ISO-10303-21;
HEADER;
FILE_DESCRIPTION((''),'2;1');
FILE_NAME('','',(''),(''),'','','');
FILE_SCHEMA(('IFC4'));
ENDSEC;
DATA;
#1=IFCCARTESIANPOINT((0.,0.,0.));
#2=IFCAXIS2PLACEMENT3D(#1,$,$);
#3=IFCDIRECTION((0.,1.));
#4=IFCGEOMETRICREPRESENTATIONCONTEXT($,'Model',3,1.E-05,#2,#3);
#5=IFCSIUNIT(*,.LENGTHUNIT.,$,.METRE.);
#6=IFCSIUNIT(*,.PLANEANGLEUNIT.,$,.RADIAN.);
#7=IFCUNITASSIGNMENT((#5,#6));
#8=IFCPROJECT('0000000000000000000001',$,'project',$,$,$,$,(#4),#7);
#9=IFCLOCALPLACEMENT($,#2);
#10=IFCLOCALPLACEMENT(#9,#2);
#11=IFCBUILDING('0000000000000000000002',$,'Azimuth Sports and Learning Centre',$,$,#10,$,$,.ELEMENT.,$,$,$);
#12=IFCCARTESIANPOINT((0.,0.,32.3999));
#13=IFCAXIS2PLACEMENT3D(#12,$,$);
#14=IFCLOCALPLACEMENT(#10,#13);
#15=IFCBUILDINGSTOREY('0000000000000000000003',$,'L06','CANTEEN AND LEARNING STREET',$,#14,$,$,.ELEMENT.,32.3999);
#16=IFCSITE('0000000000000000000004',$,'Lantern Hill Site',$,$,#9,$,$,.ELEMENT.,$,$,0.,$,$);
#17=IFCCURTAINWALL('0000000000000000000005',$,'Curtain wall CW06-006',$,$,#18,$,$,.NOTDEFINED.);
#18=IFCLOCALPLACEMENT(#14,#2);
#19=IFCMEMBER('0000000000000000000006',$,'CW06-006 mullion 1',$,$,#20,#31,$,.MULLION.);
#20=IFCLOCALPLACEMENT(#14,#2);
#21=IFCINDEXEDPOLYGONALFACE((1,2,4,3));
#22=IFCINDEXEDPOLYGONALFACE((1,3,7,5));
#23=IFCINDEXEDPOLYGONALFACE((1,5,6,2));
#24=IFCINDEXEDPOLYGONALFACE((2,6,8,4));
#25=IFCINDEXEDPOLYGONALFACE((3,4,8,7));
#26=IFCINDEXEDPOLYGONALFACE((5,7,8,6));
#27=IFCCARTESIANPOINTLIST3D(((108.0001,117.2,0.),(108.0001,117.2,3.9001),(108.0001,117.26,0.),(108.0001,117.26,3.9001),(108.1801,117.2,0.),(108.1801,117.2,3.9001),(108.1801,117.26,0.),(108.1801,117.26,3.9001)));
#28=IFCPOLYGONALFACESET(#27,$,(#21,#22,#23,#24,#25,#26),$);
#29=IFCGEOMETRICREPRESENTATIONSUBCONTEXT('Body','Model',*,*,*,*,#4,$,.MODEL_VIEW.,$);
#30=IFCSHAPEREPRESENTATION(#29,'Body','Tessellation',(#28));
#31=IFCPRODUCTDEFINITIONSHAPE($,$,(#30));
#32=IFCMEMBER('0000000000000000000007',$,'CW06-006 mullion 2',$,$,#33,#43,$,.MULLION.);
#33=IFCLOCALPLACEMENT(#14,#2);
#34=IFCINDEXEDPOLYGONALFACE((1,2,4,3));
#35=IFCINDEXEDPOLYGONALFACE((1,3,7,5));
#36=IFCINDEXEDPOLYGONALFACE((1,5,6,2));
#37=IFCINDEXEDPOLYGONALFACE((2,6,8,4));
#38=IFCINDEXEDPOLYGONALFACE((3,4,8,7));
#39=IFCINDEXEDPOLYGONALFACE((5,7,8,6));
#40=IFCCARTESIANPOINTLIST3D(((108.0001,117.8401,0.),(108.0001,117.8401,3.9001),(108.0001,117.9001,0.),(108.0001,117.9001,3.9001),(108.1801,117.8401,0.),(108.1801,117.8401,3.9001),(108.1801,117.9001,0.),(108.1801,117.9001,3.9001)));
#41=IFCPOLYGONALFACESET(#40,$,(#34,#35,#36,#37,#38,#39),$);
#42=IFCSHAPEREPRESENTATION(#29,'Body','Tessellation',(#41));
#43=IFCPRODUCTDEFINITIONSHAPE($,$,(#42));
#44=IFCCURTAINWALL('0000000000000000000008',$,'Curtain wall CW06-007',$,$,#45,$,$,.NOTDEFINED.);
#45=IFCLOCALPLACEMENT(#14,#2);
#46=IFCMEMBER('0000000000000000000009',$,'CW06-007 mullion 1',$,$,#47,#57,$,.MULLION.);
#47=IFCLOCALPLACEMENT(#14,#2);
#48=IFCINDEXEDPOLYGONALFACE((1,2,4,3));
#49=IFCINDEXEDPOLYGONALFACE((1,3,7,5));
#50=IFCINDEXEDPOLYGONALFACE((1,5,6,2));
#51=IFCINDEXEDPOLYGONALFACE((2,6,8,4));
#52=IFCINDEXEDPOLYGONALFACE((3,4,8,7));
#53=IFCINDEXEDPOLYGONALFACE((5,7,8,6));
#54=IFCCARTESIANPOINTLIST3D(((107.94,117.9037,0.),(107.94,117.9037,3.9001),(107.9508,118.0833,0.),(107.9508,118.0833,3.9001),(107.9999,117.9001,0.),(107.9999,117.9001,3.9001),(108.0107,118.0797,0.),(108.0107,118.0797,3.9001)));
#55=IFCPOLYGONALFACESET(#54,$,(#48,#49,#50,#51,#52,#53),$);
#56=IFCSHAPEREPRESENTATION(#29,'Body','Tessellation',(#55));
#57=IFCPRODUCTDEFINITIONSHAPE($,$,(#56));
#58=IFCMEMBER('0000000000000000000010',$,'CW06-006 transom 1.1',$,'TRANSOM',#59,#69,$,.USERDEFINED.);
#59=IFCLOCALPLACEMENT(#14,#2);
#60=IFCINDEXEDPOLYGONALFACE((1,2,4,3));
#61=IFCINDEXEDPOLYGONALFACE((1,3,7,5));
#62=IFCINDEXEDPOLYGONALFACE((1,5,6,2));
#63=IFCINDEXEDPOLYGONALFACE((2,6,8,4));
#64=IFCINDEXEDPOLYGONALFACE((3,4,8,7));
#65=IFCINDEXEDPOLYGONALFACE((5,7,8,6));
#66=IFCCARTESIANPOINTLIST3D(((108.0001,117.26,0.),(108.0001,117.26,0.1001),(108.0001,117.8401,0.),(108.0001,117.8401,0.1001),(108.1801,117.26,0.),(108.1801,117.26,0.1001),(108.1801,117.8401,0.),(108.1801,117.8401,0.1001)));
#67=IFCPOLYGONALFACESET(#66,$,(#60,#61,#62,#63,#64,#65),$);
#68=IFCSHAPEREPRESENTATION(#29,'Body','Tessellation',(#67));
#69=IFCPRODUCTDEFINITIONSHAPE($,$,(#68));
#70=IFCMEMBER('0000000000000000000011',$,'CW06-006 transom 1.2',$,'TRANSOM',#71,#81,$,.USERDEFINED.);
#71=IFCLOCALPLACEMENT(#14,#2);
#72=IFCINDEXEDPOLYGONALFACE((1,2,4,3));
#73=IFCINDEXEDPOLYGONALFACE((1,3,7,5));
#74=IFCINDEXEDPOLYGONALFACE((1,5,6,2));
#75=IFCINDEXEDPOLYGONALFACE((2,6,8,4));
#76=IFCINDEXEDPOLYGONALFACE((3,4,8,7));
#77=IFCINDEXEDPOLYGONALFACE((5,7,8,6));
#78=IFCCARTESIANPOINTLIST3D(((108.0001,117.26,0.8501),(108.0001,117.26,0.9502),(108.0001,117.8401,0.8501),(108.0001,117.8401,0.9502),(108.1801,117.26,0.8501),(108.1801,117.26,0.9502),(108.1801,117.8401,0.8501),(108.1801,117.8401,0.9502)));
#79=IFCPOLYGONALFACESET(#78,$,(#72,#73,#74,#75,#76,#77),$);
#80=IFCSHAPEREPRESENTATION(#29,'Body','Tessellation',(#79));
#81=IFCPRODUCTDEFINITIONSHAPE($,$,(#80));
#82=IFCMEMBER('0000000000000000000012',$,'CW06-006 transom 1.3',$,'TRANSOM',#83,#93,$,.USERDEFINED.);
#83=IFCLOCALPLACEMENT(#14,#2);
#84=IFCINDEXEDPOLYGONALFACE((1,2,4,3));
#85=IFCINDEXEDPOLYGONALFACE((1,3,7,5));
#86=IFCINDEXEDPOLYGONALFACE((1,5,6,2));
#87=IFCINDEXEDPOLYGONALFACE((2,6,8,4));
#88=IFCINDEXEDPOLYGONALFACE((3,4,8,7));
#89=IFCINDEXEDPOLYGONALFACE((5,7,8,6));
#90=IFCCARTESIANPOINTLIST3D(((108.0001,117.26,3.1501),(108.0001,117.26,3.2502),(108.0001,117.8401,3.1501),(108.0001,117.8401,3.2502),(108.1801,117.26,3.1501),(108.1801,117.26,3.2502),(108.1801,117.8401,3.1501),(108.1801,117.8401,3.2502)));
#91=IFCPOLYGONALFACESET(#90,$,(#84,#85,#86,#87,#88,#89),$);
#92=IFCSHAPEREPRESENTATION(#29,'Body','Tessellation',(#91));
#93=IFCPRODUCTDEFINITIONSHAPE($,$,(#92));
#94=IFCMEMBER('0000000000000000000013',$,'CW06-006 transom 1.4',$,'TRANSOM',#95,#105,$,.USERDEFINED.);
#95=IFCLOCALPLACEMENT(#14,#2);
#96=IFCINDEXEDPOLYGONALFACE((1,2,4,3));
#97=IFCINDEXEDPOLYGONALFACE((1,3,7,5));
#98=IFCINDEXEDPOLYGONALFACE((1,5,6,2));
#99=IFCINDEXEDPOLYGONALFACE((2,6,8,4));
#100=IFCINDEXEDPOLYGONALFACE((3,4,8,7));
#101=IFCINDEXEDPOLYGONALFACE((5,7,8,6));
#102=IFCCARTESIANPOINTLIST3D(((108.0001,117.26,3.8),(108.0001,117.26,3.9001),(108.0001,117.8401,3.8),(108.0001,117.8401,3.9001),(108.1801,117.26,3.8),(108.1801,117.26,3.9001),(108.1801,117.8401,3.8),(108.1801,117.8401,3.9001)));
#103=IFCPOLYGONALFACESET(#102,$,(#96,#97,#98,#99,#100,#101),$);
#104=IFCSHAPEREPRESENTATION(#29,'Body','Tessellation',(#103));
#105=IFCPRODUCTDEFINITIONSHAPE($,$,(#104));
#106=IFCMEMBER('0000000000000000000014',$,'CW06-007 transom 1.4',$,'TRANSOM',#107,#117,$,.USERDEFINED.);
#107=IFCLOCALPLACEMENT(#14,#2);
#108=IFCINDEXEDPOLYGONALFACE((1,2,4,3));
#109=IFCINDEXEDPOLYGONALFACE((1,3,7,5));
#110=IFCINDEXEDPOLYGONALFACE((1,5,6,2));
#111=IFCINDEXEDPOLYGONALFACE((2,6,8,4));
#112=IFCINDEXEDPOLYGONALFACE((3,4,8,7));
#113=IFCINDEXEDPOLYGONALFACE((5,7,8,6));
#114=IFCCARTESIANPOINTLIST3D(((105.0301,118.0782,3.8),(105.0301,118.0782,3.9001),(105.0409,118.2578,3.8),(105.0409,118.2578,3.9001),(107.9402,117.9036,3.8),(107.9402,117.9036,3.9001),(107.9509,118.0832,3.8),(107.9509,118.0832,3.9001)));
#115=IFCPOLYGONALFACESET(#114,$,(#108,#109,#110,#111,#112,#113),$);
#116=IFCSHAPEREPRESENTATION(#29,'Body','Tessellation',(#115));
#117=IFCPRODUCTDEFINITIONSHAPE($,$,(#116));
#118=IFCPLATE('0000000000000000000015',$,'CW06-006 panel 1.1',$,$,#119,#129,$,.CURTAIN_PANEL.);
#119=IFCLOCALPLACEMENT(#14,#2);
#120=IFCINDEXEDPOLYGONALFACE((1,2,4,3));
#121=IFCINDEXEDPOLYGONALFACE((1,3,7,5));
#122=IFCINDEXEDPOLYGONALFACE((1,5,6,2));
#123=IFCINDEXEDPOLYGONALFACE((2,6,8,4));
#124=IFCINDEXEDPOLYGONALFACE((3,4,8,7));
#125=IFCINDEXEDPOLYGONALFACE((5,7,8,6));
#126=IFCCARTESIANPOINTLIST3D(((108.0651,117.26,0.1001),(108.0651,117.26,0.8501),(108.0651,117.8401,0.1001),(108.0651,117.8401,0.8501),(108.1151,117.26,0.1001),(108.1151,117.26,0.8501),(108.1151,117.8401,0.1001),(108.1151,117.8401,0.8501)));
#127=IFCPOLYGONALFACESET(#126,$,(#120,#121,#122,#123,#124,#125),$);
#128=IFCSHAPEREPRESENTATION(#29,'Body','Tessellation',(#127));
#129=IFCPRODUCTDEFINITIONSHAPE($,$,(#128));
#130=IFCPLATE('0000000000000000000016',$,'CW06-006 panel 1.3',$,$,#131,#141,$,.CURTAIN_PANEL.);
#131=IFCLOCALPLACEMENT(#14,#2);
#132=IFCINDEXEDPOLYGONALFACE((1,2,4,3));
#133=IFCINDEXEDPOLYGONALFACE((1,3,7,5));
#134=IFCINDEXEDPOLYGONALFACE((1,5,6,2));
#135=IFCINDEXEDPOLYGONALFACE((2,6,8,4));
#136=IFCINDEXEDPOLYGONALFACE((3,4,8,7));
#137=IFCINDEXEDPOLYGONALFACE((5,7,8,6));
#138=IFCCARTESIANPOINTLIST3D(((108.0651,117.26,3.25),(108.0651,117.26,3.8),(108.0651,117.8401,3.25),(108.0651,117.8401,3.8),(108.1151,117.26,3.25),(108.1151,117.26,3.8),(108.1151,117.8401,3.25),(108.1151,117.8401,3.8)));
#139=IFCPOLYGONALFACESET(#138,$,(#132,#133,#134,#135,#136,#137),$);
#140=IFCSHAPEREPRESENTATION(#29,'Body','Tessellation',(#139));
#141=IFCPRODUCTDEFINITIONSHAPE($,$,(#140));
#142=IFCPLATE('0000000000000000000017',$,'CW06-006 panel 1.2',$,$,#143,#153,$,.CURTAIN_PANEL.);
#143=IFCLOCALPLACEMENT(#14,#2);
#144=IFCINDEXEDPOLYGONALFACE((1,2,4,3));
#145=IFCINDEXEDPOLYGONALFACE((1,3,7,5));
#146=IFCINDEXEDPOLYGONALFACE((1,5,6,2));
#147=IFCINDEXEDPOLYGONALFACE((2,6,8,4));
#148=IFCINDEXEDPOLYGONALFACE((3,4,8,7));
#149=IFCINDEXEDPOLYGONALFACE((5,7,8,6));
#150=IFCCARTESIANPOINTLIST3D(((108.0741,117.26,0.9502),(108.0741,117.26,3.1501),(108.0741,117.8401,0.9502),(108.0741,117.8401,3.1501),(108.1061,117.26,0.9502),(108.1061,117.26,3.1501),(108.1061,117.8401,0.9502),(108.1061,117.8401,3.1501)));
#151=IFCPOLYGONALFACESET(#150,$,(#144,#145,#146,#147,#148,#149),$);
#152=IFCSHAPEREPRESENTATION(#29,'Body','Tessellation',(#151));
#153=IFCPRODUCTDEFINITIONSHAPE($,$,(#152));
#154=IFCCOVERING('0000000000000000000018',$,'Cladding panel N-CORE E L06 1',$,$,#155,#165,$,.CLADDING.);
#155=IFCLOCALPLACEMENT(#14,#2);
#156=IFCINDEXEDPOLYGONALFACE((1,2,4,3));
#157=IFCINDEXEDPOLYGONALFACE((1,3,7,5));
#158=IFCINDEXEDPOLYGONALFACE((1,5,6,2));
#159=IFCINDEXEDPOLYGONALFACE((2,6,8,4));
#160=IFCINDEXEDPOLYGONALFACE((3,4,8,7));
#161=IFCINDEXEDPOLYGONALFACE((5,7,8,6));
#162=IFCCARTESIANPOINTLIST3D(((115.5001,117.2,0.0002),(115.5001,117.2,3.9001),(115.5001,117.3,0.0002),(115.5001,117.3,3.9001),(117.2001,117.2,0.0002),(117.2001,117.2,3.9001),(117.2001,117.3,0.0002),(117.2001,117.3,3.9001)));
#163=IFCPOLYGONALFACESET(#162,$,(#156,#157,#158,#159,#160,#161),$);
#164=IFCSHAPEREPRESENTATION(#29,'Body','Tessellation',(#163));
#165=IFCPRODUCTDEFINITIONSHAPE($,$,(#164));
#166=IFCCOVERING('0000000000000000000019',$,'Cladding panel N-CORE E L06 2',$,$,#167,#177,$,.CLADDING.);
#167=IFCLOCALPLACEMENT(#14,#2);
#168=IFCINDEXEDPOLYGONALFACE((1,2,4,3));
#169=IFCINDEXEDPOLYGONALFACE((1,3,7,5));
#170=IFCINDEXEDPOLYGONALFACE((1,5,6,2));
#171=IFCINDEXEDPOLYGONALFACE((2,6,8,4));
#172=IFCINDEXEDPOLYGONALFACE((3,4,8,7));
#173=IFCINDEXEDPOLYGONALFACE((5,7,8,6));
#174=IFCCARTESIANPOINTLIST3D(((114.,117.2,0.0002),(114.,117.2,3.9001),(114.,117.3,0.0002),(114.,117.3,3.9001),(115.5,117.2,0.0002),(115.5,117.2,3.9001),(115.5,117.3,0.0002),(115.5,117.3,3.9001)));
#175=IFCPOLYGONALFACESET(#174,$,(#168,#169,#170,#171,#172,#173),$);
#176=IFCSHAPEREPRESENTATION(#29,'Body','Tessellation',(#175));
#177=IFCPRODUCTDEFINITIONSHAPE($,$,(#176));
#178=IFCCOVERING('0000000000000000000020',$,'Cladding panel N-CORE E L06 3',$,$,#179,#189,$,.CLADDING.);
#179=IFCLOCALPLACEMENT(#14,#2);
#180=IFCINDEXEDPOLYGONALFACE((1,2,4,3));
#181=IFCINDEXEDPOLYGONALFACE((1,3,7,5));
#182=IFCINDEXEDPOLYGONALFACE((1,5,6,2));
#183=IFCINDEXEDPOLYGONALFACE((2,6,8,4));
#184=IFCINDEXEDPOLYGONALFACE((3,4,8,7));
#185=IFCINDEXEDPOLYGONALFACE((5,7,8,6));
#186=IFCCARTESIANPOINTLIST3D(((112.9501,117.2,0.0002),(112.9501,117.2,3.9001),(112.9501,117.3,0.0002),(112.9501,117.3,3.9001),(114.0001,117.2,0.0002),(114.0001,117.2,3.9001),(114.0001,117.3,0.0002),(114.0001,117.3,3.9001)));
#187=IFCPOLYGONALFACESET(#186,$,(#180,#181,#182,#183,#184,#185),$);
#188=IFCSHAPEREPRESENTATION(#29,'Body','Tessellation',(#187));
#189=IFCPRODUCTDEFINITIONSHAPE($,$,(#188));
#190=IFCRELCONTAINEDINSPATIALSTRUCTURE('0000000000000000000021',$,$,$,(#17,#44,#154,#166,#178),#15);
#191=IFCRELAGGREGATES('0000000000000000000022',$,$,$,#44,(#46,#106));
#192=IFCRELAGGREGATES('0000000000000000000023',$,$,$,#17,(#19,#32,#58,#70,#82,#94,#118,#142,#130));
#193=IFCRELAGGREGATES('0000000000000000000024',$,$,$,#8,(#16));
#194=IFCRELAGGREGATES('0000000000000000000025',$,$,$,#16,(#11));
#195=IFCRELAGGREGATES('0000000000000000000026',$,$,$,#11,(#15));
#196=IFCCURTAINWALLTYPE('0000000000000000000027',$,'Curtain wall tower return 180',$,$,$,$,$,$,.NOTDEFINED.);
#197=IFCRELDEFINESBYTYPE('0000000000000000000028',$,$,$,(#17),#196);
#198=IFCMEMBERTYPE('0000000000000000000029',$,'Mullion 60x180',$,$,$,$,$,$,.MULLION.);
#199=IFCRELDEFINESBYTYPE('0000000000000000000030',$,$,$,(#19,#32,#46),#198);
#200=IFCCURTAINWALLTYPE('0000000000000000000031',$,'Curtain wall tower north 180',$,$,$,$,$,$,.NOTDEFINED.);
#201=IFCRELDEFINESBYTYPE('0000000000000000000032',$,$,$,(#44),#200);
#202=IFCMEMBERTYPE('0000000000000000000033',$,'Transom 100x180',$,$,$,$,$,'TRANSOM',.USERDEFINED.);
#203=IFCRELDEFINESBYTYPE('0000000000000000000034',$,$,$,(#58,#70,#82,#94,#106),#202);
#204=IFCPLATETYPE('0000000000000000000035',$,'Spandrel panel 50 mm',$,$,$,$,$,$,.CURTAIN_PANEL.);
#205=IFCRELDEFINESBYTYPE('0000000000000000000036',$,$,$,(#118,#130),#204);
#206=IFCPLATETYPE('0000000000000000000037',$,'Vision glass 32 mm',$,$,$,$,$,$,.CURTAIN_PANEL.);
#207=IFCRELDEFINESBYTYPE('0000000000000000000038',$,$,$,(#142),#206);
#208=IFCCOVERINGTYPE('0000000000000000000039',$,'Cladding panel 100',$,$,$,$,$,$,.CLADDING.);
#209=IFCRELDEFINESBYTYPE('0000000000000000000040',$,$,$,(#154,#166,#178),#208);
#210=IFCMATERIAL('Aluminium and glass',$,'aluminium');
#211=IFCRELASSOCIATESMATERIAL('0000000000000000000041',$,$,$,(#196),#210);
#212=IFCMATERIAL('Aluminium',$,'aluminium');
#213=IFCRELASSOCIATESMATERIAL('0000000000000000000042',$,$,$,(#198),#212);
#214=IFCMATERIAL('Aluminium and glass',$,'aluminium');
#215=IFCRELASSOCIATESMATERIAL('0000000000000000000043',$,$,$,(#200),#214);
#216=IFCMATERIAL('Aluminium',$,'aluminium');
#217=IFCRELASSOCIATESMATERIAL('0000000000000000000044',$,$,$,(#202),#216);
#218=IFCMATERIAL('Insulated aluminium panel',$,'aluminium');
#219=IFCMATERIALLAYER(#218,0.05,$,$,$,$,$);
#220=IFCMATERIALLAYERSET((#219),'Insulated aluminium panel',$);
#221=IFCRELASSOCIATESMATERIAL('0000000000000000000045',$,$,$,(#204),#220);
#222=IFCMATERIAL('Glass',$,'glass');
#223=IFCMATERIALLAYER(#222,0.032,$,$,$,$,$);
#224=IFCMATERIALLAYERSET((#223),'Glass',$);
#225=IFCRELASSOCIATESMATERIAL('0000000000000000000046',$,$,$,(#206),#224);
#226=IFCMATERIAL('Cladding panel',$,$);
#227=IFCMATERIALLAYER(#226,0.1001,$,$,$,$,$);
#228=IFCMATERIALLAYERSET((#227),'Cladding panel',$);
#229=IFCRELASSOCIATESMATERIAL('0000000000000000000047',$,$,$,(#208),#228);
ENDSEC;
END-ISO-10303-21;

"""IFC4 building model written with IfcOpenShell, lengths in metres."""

from ifc_helpers import new_model, si_unit, direction, frame, origin, origin_2d, place, context, subcontext, project, spatial, rectangle, extrude, material, layer, layer_set, material_profile, profile_set, type_object, element, aggregate, save


model = new_model("IFC4")

# Units and contexts
model_context = context("Model", 3, precision=1e-05, world=origin(), true_north=direction((0.0, 1.0)))
body_context = subcontext(model_context, "Body", "Model", "MODEL_VIEW")
ifc_project = project(units=[si_unit("LENGTHUNIT", "METRE"), si_unit("PLANEANGLEUNIT", "RADIAN")], contexts=[model_context])

# Site, building, storey
site_placement = place(None, origin())
site = spatial("IfcSite", under=ifc_project, at=site_placement, Name="Lantern Hill Site", CompositionType="ELEMENT", RefElevation=0.0)
building_placement = place(site_placement, origin())
building = spatial("IfcBuilding", under=site, at=building_placement, Name="Azimuth Sports and Learning Centre", CompositionType="ELEMENT")
storey_placement = place(building_placement, frame((0.0, 0.0, 32.3999)))
storey = spatial("IfcBuildingStorey", under=building, at=storey_placement, Name="L06", Description="CANTEEN AND LEARNING STREET", CompositionType="ELEMENT", Elevation=32.3999)

# Curtain wall, members
ifc_material_1 = material(Name="Aluminium and glass", Category="aluminium")
curtain_wall_type_1 = type_object("IfcCurtainWallType", Name="Curtain wall tower return 180", PredefinedType="NOTDEFINED", material=ifc_material_1)
curtain_wall_1_placement = place(storey_placement, origin())
curtain_wall_1 = element("IfcCurtainWall", 1, at=curtain_wall_1_placement, inside=storey, type_object=curtain_wall_type_1, Name="Curtain wall CW06-006", PredefinedType="NOTDEFINED")
ifc_material_2 = material(Name="Aluminium", Category="aluminium")
ifc_material_profile_1 = material_profile(ifc_material_2, rectangle(XDim=0.1799, YDim=0.0601, at=origin_2d()), Name="Mullion 60x180")
ifc_profile_set_1 = profile_set([ifc_material_profile_1], Name="Aluminium")
member_type_1 = type_object("IfcMemberType", Name="Mullion 60x180", PredefinedType="MULLION", material=ifc_profile_set_1)
member_1_placement = place(storey_placement, frame((108.0901, 117.23, 0.0), z_axis=(0.0, 0.0, 1.0), x_axis=(-1.0, 0.0, 0.0)))
member_1 = element("IfcMember", 2, at=member_1_placement, type_object=member_type_1, Name="CW06-006 mullion 1", PredefinedType="MULLION", context=body_context, shape_type="SweptSolid", body=[
    extrude(rectangle(XDim=0.1799, YDim=0.0601, at=origin_2d()), origin(), (0.0, 0.0, 1.0), 3.9001),
])
member_2_placement = place(storey_placement, frame((108.0901, 117.8701, 0.0), z_axis=(0.0, 0.0, 1.0), x_axis=(-1.0, 0.0, 0.0)))
member_2 = element("IfcMember", 3, at=member_2_placement, type_object=member_type_1, Name="CW06-006 mullion 2", PredefinedType="MULLION", context=body_context, shape_type="SweptSolid", body=[
    extrude(rectangle(XDim=0.1799, YDim=0.0601, at=origin_2d()), origin(), (0.0, 0.0, 1.0), 3.9001),
])

# Curtain wall, member
ifc_material_3 = material(Name="Aluminium and glass", Category="aluminium")
curtain_wall_type_2 = type_object("IfcCurtainWallType", Name="Curtain wall tower north 180", PredefinedType="NOTDEFINED", material=ifc_material_3)
curtain_wall_2_placement = place(storey_placement, origin())
curtain_wall_2 = element("IfcCurtainWall", 4, at=curtain_wall_2_placement, inside=storey, type_object=curtain_wall_type_2, Name="Curtain wall CW06-007", PredefinedType="NOTDEFINED")
member_3_placement = place(storey_placement, frame((107.9753, 117.9917, 0.0), z_axis=(0.0, 0.0, 1.0), x_axis=(-0.059892, -0.998205, 0.0)))
member_3 = element("IfcMember", 5, at=member_3_placement, type_object=member_type_1, Name="CW06-007 mullion 1", PredefinedType="MULLION", context=body_context, shape_type="SweptSolid", body=[
    extrude(rectangle(XDim=0.1799, YDim=0.0601, at=origin_2d()), origin(), (0.0, 0.0, 1.0), 3.9001),
])

# Members
ifc_material_4 = material(Name="Aluminium", Category="aluminium")
ifc_material_profile_2 = material_profile(ifc_material_4, rectangle(XDim=0.1799, YDim=0.1001, at=origin_2d()), Name="Transom 100x180")
ifc_profile_set_2 = profile_set([ifc_material_profile_2], Name="Aluminium")
member_type_2 = type_object("IfcMemberType", Name="Transom 100x180", ElementType="TRANSOM", PredefinedType="USERDEFINED", material=ifc_profile_set_2)
member_4_placement = place(storey_placement, frame((108.0901, 117.26, 0.05), z_axis=(0.0, 1.0, 0.0), x_axis=(-1.0, 0.0, 0.0)))
member_4 = element("IfcMember", 6, at=member_4_placement, type_object=member_type_2, Name="CW06-006 transom 1.1", ObjectType="TRANSOM", PredefinedType="USERDEFINED", context=body_context, shape_type="SweptSolid", body=[
    extrude(rectangle(XDim=0.1799, YDim=0.1001, at=origin_2d()), origin(), (0.0, 0.0, 1.0), 0.5801),
])
member_5_placement = place(storey_placement, frame((108.0901, 117.26, 0.9001), z_axis=(0.0, 1.0, 0.0), x_axis=(-1.0, 0.0, 0.0)))
member_5 = element("IfcMember", 7, at=member_5_placement, type_object=member_type_2, Name="CW06-006 transom 1.2", ObjectType="TRANSOM", PredefinedType="USERDEFINED", context=body_context, shape_type="SweptSolid", body=[
    extrude(rectangle(XDim=0.1799, YDim=0.1001, at=origin_2d()), origin(), (0.0, 0.0, 1.0), 0.5801),
])
member_6_placement = place(storey_placement, frame((108.0901, 117.26, 3.2002), z_axis=(0.0, 1.0, 0.0), x_axis=(-1.0, 0.0, 0.0)))
member_6 = element("IfcMember", 8, at=member_6_placement, type_object=member_type_2, Name="CW06-006 transom 1.3", ObjectType="TRANSOM", PredefinedType="USERDEFINED", context=body_context, shape_type="SweptSolid", body=[
    extrude(rectangle(XDim=0.1799, YDim=0.1001, at=origin_2d()), origin(), (0.0, 0.0, 1.0), 0.5801),
])
member_7_placement = place(storey_placement, frame((108.0901, 117.26, 3.8501), z_axis=(0.0, 1.0, 0.0), x_axis=(-1.0, 0.0, 0.0)))
member_7 = element("IfcMember", 9, at=member_7_placement, type_object=member_type_2, Name="CW06-006 transom 1.4", ObjectType="TRANSOM", PredefinedType="USERDEFINED", context=body_context, shape_type="SweptSolid", body=[
    extrude(rectangle(XDim=0.1799, YDim=0.1001, at=origin_2d()), origin(), (0.0, 0.0, 1.0), 0.5801),
])
member_8_placement = place(storey_placement, frame((107.9456, 117.9934, 3.8501), z_axis=(-0.998206, 0.059876, 0.0), x_axis=(-0.059876, -0.998206, 0.0)))
member_8 = element("IfcMember", 10, at=member_8_placement, type_object=member_type_2, Name="CW06-007 transom 1.4", ObjectType="TRANSOM", PredefinedType="USERDEFINED", context=body_context, shape_type="SweptSolid", body=[
    extrude(rectangle(XDim=0.1799, YDim=0.1001, at=origin_2d()), origin(), (0.0, 0.0, 1.0), 2.9153),
])
aggregate(curtain_wall_2, [member_3, member_8])

# Plates
ifc_material_5 = material(Name="Insulated aluminium panel", Category="aluminium")
ifc_layer_1 = layer(ifc_material_5, 0.05)
ifc_layer_set_1 = layer_set([ifc_layer_1], Name="Insulated aluminium panel")
plate_type_1 = type_object("IfcPlateType", Name="Spandrel panel 50 mm", PredefinedType="CURTAIN_PANEL", material=ifc_layer_set_1)
plate_1_placement = place(storey_placement, frame((108.0901, 117.55, 0.1001), z_axis=(0.0, 0.0, 1.0), x_axis=(0.0, 1.0, 0.0)))
plate_1 = element("IfcPlate", 11, at=plate_1_placement, type_object=plate_type_1, Name="CW06-006 panel 1.1", PredefinedType="CURTAIN_PANEL", context=body_context, shape_type="SweptSolid", body=[
    extrude(rectangle(XDim=0.5801, YDim=0.05, at=origin_2d()), origin(), (0.0, 0.0, 1.0), 0.75),
])
plate_2_placement = place(storey_placement, frame((108.0901, 117.55, 3.25), z_axis=(0.0, 0.0, 1.0), x_axis=(0.0, 1.0, 0.0)))
plate_2 = element("IfcPlate", 12, at=plate_2_placement, type_object=plate_type_1, Name="CW06-006 panel 1.3", PredefinedType="CURTAIN_PANEL", context=body_context, shape_type="SweptSolid", body=[
    extrude(rectangle(XDim=0.5801, YDim=0.05, at=origin_2d()), origin(), (0.0, 0.0, 1.0), 0.55),
])
ifc_material_6 = material(Name="Glass", Category="glass")
ifc_layer_2 = layer(ifc_material_6, 0.032)
ifc_layer_set_2 = layer_set([ifc_layer_2], Name="Glass")
plate_type_2 = type_object("IfcPlateType", Name="Vision glass 32 mm", PredefinedType="CURTAIN_PANEL", material=ifc_layer_set_2)
plate_3_placement = place(storey_placement, frame((108.0901, 117.55, 0.9502), z_axis=(0.0, 0.0, 1.0), x_axis=(0.0, 1.0, 0.0)))
plate_3 = element("IfcPlate", 13, at=plate_3_placement, type_object=plate_type_2, Name="CW06-006 panel 1.2", PredefinedType="CURTAIN_PANEL", context=body_context, shape_type="SweptSolid", body=[
    extrude(rectangle(XDim=0.5801, YDim=0.032, at=origin_2d()), origin(), (0.0, 0.0, 1.0), 2.2),
])
aggregate(curtain_wall_1, [member_1, member_2, member_4, member_5, member_6, member_7, plate_1, plate_3, plate_2])

# Coverings
ifc_material_7 = material(Name="Cladding panel")
ifc_layer_3 = layer(ifc_material_7, 0.1001)
ifc_layer_set_3 = layer_set([ifc_layer_3], Name="Cladding panel")
covering_type = type_object("IfcCoveringType", Name="Cladding panel 100", PredefinedType="CLADDING", material=ifc_layer_set_3)
covering_1_placement = place(storey_placement, frame((116.3501, 117.25, 0.0002), z_axis=(0.0, 0.0, 1.0), x_axis=(-1.0, 0.0, 0.0)))
element("IfcCovering", 14, at=covering_1_placement, inside=storey, type_object=covering_type, Name="Cladding panel N-CORE E L06 1", PredefinedType="CLADDING", context=body_context, shape_type="SweptSolid", body=[
    extrude(rectangle(XDim=1.7, YDim=0.1001, at=origin_2d()), origin(), (0.0, 0.0, 1.0), 3.8999),
])
covering_2_placement = place(storey_placement, frame((114.75, 117.25, 0.0002), z_axis=(0.0, 0.0, 1.0), x_axis=(-1.0, 0.0, 0.0)))
element("IfcCovering", 15, at=covering_2_placement, inside=storey, type_object=covering_type, Name="Cladding panel N-CORE E L06 2", PredefinedType="CLADDING", context=body_context, shape_type="SweptSolid", body=[
    extrude(rectangle(XDim=1.5, YDim=0.1001, at=origin_2d()), origin(), (0.0, 0.0, 1.0), 3.8999),
])
covering_3_placement = place(storey_placement, frame((113.4751, 117.25, 0.0002), z_axis=(0.0, 0.0, 1.0), x_axis=(-1.0, 0.0, 0.0)))
element("IfcCovering", 16, at=covering_3_placement, inside=storey, type_object=covering_type, Name="Cladding panel N-CORE E L06 3", PredefinedType="CLADDING", context=body_context, shape_type="SweptSolid", body=[
    extrude(rectangle(XDim=1.05, YDim=0.1001, at=origin_2d()), origin(), (0.0, 0.0, 1.0), 3.8999),
])

save(model, "model.ifc")
